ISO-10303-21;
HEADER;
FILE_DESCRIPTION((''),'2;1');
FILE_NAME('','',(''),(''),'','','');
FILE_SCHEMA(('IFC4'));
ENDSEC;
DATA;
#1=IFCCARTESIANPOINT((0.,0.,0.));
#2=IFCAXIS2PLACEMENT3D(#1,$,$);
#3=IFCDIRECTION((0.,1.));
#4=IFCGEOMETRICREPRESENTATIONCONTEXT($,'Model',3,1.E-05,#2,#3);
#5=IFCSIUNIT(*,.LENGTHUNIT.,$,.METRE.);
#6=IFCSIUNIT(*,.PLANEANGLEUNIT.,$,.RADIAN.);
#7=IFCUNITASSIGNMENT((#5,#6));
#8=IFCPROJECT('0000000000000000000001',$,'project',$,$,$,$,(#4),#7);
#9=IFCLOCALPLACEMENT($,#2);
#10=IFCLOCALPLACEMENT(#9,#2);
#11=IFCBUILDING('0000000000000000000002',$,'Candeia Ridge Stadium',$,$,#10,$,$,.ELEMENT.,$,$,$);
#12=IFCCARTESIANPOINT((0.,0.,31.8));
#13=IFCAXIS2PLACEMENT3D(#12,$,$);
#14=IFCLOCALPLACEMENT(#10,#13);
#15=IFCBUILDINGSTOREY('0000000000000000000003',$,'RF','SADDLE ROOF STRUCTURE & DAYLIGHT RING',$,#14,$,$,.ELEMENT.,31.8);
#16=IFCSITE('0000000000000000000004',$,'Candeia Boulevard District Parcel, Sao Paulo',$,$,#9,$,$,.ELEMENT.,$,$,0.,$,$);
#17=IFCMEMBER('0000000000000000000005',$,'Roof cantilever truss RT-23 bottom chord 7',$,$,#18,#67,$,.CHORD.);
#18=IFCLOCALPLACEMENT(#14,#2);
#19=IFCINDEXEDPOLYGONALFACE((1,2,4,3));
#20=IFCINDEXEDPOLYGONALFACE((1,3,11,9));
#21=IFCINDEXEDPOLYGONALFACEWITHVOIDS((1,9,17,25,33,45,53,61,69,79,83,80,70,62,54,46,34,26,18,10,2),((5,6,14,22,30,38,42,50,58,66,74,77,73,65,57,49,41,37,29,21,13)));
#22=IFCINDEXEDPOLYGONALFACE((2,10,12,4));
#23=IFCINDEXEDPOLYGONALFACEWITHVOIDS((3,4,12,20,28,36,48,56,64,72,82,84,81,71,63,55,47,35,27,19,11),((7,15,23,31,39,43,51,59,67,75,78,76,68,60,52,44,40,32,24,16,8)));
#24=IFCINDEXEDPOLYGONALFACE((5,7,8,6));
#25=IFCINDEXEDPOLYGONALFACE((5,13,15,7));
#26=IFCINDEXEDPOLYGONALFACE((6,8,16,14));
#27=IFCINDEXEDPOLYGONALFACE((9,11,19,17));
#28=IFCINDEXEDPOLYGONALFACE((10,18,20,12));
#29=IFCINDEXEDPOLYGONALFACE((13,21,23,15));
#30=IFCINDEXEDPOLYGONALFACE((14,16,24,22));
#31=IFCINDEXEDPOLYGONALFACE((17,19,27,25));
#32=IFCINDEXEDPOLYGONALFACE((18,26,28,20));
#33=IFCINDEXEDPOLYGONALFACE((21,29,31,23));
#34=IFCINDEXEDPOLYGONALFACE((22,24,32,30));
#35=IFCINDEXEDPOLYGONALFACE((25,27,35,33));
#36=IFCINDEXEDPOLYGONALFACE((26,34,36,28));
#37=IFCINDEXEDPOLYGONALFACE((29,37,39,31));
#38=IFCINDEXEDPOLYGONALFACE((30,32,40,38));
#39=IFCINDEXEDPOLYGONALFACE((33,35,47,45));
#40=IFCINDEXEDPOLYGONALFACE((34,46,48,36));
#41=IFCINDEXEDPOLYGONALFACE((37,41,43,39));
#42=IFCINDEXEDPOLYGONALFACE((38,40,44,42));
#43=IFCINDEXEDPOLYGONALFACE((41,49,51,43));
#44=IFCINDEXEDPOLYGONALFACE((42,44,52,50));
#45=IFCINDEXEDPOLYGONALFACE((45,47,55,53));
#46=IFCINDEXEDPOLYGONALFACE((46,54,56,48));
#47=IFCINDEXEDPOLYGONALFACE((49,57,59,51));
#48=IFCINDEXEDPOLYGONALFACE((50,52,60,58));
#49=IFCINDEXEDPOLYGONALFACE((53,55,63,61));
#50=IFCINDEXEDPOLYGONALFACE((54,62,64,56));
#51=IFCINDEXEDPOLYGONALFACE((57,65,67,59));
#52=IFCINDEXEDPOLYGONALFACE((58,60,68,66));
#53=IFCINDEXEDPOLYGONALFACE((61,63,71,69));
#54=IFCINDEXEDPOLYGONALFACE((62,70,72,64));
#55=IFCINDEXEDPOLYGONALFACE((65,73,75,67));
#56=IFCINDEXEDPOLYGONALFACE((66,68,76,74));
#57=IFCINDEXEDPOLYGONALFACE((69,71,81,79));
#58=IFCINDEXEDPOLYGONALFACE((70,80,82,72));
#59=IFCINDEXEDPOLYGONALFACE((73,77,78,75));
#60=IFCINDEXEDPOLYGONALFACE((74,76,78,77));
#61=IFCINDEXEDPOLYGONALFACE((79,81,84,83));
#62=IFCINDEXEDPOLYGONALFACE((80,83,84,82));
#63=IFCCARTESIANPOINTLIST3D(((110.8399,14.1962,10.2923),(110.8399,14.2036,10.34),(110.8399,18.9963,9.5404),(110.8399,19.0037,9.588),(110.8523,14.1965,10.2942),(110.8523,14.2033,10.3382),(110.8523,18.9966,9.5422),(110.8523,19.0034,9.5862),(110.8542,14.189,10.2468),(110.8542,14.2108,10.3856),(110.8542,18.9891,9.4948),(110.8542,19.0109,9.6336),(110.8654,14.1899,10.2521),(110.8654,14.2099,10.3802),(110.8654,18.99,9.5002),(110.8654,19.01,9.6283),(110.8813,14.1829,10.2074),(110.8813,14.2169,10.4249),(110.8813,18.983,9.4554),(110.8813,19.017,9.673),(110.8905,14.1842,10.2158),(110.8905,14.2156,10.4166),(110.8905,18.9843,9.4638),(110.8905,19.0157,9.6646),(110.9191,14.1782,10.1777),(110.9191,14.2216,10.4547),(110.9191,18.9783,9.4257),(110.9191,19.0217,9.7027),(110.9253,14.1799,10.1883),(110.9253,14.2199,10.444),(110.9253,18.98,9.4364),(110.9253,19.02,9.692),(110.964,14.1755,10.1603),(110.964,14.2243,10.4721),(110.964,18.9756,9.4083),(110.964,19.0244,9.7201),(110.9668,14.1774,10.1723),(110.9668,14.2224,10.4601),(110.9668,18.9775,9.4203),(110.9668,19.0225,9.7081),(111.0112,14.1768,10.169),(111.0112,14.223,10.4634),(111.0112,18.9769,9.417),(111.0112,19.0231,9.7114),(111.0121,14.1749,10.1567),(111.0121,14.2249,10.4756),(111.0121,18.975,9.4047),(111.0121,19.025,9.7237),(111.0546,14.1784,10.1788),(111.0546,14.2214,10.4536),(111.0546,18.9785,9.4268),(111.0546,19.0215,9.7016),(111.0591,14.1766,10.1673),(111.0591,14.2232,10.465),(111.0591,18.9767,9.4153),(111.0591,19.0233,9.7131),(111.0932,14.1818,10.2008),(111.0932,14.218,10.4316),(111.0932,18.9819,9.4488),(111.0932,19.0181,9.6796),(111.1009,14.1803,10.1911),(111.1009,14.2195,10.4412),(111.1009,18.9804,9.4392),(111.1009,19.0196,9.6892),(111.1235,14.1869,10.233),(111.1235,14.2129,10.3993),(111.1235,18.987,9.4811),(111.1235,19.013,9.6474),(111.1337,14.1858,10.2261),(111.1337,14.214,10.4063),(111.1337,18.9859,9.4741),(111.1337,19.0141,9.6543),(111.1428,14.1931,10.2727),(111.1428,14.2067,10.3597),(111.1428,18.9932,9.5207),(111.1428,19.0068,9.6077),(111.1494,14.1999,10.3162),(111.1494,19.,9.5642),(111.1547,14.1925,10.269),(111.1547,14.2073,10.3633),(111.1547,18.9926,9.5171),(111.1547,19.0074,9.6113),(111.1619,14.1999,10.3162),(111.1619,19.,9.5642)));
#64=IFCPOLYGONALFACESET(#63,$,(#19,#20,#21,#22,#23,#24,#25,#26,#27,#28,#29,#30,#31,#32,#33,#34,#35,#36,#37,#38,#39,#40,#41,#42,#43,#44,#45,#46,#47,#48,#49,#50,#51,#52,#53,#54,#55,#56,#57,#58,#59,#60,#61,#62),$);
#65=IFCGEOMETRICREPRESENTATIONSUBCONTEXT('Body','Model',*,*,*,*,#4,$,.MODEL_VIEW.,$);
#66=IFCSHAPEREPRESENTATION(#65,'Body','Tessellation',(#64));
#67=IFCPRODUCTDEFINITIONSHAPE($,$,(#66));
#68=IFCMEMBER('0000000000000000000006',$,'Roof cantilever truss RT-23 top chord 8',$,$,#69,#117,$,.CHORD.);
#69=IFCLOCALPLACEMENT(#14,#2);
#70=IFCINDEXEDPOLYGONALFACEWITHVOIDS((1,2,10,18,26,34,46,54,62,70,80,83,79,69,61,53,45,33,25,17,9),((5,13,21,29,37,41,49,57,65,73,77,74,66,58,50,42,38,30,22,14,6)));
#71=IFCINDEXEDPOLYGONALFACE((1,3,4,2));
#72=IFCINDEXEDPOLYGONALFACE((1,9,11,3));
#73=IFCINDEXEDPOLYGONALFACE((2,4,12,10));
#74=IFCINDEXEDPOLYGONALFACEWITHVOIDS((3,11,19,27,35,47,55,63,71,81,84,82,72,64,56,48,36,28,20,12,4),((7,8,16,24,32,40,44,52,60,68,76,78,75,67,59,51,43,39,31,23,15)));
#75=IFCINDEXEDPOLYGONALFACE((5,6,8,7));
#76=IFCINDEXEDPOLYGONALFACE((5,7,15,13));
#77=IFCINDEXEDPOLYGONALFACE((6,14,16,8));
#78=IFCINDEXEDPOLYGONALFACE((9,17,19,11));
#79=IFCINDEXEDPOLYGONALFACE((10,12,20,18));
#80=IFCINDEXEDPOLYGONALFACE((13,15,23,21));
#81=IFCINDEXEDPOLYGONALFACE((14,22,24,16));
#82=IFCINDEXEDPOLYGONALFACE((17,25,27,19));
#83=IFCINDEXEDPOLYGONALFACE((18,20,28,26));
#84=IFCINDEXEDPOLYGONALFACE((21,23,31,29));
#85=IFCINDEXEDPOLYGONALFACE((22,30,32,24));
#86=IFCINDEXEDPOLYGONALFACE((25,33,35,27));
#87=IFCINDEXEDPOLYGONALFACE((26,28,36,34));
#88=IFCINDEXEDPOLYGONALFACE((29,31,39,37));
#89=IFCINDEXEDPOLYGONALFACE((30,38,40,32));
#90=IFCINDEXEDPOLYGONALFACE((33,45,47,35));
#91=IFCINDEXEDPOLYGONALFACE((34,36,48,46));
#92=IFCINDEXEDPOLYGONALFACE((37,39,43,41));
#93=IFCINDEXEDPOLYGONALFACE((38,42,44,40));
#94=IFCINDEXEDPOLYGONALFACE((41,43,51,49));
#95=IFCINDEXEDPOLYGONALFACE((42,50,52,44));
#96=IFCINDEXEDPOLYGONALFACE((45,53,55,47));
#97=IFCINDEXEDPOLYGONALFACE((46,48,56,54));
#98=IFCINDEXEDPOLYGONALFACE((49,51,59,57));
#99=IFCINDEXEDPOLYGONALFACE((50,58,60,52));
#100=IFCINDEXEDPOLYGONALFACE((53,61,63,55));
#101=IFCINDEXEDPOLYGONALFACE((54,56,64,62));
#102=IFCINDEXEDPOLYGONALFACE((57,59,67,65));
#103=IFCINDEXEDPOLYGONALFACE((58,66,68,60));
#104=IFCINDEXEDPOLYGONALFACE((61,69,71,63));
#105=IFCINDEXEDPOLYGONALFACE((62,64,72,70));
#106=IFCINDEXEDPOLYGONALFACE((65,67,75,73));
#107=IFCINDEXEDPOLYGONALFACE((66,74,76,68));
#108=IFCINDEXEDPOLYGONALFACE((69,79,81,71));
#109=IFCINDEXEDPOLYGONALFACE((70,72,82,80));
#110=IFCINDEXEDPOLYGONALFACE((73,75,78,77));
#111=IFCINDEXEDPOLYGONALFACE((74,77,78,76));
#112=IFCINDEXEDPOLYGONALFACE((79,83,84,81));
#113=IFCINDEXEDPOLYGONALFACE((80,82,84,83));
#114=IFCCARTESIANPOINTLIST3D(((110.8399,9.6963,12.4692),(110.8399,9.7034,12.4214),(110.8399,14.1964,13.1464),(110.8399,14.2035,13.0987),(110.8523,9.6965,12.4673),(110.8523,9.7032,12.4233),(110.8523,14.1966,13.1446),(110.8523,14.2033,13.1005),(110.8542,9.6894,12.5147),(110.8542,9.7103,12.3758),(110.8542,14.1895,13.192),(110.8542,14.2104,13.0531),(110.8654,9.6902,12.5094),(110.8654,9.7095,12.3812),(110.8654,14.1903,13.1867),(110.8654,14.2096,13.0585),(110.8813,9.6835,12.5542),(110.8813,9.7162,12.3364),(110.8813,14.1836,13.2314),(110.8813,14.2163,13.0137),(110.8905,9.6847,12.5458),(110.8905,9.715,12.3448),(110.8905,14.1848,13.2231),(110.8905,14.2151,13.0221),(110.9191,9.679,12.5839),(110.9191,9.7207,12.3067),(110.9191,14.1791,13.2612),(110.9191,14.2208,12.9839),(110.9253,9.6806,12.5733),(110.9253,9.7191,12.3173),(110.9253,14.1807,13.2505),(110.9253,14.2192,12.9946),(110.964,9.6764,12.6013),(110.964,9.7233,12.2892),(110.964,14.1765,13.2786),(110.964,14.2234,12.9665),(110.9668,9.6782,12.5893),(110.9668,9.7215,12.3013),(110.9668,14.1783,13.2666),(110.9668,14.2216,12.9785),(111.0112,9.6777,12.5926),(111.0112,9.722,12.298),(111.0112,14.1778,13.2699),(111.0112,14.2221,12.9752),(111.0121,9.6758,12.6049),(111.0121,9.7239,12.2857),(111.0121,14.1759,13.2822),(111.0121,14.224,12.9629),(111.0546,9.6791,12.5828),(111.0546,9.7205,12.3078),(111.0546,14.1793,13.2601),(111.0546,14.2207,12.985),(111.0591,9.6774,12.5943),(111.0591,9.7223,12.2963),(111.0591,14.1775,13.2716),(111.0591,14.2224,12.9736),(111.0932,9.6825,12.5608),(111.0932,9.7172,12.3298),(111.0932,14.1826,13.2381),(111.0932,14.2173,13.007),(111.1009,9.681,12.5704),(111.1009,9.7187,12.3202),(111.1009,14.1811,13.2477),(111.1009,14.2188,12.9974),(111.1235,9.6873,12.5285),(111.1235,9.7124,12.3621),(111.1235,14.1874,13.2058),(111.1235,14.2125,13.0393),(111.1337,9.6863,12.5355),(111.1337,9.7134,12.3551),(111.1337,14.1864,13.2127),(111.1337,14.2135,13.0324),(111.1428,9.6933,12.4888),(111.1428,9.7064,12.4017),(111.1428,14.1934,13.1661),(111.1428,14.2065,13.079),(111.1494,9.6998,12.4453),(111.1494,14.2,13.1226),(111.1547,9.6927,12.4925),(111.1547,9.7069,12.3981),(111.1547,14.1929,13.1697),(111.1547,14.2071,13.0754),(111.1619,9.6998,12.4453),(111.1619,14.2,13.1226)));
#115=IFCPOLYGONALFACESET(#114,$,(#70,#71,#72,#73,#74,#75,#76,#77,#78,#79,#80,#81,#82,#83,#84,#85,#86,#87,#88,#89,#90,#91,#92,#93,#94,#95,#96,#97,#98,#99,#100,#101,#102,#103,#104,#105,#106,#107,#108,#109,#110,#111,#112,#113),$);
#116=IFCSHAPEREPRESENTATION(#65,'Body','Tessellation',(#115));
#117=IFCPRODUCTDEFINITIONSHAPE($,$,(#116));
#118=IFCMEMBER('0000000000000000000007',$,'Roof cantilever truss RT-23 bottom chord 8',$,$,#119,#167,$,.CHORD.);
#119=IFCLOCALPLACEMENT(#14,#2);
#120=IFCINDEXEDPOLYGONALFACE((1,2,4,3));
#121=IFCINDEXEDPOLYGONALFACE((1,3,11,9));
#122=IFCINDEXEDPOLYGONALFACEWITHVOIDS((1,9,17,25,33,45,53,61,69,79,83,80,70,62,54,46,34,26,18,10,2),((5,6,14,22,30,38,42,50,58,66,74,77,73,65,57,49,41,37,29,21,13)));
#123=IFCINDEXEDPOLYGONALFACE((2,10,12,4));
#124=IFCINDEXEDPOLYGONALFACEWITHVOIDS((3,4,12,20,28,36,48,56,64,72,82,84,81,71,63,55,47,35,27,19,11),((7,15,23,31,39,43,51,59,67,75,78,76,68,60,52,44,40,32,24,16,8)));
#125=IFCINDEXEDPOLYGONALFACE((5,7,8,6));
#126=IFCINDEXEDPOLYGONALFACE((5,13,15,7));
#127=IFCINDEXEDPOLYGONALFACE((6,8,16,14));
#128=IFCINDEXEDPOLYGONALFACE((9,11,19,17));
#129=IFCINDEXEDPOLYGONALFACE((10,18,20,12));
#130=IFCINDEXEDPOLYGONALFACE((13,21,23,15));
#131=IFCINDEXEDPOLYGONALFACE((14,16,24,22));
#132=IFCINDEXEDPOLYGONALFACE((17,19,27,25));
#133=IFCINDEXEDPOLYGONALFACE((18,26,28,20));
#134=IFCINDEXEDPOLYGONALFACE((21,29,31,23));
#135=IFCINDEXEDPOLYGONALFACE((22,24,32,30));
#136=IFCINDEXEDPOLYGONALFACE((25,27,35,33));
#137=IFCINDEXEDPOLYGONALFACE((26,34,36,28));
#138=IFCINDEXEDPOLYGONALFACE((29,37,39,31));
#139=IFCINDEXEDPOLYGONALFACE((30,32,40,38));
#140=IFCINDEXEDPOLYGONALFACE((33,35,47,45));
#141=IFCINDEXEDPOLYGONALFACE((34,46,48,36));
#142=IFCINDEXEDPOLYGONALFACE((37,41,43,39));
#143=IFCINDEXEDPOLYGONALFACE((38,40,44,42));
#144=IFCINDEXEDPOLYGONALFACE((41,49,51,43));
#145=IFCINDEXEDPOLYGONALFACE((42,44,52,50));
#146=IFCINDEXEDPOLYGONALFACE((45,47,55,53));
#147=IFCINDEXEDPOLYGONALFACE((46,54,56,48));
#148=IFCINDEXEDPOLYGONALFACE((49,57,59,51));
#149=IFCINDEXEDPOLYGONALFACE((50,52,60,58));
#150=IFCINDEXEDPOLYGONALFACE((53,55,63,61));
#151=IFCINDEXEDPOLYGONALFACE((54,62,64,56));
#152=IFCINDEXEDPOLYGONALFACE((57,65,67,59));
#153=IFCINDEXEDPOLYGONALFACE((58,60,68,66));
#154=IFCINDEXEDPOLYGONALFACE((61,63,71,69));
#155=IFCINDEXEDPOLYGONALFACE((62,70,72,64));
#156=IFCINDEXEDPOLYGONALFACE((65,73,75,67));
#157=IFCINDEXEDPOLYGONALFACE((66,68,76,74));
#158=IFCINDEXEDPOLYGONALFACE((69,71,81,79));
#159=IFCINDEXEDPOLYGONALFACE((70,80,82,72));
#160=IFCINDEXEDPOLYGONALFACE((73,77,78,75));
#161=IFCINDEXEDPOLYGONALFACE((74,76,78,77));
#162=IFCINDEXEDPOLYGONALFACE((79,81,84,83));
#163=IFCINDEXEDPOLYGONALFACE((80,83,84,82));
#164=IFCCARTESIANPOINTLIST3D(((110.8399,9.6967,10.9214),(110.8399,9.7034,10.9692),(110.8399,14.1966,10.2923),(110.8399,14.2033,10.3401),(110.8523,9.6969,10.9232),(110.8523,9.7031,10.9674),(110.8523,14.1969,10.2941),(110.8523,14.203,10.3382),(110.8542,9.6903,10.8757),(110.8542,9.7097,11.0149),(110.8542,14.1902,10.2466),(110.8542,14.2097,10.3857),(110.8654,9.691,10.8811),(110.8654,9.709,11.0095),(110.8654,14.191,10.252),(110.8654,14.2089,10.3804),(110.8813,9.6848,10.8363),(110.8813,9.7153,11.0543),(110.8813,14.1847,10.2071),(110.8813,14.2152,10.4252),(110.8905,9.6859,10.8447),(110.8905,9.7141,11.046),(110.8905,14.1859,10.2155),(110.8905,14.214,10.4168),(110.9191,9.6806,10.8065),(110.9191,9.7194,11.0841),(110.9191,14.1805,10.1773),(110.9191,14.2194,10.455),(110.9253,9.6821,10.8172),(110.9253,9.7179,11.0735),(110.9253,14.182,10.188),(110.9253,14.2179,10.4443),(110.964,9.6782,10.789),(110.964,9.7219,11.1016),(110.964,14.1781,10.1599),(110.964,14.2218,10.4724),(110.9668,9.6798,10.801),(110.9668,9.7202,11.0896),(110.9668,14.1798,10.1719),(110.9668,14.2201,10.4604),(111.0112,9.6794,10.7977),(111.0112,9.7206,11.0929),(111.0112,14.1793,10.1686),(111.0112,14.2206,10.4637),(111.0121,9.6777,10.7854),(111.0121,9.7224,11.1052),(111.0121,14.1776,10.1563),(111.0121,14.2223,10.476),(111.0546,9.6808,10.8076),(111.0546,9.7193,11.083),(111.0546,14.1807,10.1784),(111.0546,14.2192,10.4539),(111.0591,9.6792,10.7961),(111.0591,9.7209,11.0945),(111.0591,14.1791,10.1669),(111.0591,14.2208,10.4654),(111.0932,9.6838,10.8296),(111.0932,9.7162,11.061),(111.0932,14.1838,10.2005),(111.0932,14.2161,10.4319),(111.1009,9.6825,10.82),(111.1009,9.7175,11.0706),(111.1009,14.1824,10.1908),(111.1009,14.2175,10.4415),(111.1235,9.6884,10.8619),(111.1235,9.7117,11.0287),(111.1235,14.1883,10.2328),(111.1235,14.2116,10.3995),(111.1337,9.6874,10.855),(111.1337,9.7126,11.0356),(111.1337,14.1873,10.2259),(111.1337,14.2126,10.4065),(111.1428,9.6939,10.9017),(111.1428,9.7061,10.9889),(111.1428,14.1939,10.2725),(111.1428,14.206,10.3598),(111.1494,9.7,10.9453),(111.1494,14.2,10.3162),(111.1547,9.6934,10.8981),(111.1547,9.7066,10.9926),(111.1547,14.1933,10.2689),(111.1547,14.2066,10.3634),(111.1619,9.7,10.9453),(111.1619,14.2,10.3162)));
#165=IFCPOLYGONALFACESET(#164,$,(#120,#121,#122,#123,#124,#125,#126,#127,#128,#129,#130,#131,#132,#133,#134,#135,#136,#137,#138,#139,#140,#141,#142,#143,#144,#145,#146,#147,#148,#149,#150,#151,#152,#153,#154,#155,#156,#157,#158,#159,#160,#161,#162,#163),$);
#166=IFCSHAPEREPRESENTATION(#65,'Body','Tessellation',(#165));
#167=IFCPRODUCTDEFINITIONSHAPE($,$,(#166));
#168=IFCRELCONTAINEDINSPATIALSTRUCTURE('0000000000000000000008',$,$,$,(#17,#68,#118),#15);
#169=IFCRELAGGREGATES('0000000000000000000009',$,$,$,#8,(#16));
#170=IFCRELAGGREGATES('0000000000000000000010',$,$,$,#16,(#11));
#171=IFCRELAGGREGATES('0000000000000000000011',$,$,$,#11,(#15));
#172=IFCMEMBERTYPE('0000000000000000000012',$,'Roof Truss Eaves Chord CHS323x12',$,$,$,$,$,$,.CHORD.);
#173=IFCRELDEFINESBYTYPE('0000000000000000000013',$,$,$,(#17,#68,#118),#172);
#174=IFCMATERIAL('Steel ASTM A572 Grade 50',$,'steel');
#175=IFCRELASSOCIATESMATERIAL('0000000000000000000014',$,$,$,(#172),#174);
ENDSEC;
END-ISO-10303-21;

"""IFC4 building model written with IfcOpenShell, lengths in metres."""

from ifc_helpers import new_model, si_unit, direction, frame, origin, origin_2d, place, context, subcontext, project, spatial, hollow_circle, extrude, material, material_profile, profile_set, type_object, element, save


model = new_model("IFC4")

# Units and contexts
model_context = context("Model", 3, precision=1e-05, world=origin(), true_north=direction((0.0, 1.0)))
body_context = subcontext(model_context, "Body", "Model", "MODEL_VIEW")
ifc_project = project(units=[si_unit("LENGTHUNIT", "METRE"), si_unit("PLANEANGLEUNIT", "RADIAN")], contexts=[model_context])

# Site, building, storey
site_placement = place(None, origin())
site = spatial("IfcSite", under=ifc_project, at=site_placement, Name="Candeia Boulevard District Parcel, Sao Paulo", CompositionType="ELEMENT", RefElevation=0.0)
building_placement = place(site_placement, origin())
building = spatial("IfcBuilding", under=site, at=building_placement, Name="Candeia Ridge Stadium", CompositionType="ELEMENT")
storey_placement = place(building_placement, frame((0.0, 0.0, 31.8)))
storey = spatial("IfcBuildingStorey", under=building, at=storey_placement, Name="RF", Description="SADDLE ROOF STRUCTURE & DAYLIGHT RING", CompositionType="ELEMENT", Elevation=31.8)

# Shared definitions
ifc_material_1 = material(Name="Steel ASTM A572 Grade 50", Category="steel")

# Members
ifc_material_profile_1 = material_profile(ifc_material_1, hollow_circle(Radius=0.1619, WallThickness=0.0125, at=origin_2d()), Name="CHS323x12", Category="steel")
ifc_profile_set_1 = profile_set([ifc_material_profile_1], Name="Steel ASTM A572 Grade 50")
member_type_1 = type_object("IfcMemberType", Name="Roof Truss Eaves Chord CHS323x12", PredefinedType="CHORD", material=ifc_profile_set_1)
member_1_placement = place(storey_placement, frame((111.0, 19.0, 9.5642), z_axis=(0.0, -0.987951, 0.154768), x_axis=(1.0, 0.0, 0.0)))
element("IfcMember", 1, at=member_1_placement, inside=storey, type_object=member_type_1, Name="Roof cantilever truss RT-23 bottom chord 7", PredefinedType="CHORD", context=body_context, shape_type="SweptSolid", body=[
    extrude(hollow_circle(Radius=0.1619, WallThickness=0.0125, at=origin_2d()), origin(), (0.0, 0.0, 1.0), 4.8586),
])
member_2_placement = place(storey_placement, frame((111.0, 14.2, 13.1226), z_axis=(0.0, -0.988864, -0.148823), x_axis=(1.0, 0.0, 0.0)))
element("IfcMember", 2, at=member_2_placement, inside=storey, type_object=member_type_1, Name="Roof cantilever truss RT-23 top chord 8", PredefinedType="CHORD", context=body_context, shape_type="SweptSolid", body=[
    extrude(hollow_circle(Radius=0.1619, WallThickness=0.0125, at=origin_2d()), origin(), (0.0, 0.0, 1.0), 4.5508),
])
member_3_placement = place(storey_placement, frame((111.0, 14.2, 10.3162), z_axis=(0.0, -0.990367, 0.138464), x_axis=(1.0, 0.0, 0.0)))
element("IfcMember", 3, at=member_3_placement, inside=storey, type_object=member_type_1, Name="Roof cantilever truss RT-23 bottom chord 8", PredefinedType="CHORD", context=body_context, shape_type="SweptSolid", body=[
    extrude(hollow_circle(Radius=0.1619, WallThickness=0.0125, at=origin_2d()), origin(), (0.0, 0.0, 1.0), 4.5437),
])

save(model, "model.ifc")
